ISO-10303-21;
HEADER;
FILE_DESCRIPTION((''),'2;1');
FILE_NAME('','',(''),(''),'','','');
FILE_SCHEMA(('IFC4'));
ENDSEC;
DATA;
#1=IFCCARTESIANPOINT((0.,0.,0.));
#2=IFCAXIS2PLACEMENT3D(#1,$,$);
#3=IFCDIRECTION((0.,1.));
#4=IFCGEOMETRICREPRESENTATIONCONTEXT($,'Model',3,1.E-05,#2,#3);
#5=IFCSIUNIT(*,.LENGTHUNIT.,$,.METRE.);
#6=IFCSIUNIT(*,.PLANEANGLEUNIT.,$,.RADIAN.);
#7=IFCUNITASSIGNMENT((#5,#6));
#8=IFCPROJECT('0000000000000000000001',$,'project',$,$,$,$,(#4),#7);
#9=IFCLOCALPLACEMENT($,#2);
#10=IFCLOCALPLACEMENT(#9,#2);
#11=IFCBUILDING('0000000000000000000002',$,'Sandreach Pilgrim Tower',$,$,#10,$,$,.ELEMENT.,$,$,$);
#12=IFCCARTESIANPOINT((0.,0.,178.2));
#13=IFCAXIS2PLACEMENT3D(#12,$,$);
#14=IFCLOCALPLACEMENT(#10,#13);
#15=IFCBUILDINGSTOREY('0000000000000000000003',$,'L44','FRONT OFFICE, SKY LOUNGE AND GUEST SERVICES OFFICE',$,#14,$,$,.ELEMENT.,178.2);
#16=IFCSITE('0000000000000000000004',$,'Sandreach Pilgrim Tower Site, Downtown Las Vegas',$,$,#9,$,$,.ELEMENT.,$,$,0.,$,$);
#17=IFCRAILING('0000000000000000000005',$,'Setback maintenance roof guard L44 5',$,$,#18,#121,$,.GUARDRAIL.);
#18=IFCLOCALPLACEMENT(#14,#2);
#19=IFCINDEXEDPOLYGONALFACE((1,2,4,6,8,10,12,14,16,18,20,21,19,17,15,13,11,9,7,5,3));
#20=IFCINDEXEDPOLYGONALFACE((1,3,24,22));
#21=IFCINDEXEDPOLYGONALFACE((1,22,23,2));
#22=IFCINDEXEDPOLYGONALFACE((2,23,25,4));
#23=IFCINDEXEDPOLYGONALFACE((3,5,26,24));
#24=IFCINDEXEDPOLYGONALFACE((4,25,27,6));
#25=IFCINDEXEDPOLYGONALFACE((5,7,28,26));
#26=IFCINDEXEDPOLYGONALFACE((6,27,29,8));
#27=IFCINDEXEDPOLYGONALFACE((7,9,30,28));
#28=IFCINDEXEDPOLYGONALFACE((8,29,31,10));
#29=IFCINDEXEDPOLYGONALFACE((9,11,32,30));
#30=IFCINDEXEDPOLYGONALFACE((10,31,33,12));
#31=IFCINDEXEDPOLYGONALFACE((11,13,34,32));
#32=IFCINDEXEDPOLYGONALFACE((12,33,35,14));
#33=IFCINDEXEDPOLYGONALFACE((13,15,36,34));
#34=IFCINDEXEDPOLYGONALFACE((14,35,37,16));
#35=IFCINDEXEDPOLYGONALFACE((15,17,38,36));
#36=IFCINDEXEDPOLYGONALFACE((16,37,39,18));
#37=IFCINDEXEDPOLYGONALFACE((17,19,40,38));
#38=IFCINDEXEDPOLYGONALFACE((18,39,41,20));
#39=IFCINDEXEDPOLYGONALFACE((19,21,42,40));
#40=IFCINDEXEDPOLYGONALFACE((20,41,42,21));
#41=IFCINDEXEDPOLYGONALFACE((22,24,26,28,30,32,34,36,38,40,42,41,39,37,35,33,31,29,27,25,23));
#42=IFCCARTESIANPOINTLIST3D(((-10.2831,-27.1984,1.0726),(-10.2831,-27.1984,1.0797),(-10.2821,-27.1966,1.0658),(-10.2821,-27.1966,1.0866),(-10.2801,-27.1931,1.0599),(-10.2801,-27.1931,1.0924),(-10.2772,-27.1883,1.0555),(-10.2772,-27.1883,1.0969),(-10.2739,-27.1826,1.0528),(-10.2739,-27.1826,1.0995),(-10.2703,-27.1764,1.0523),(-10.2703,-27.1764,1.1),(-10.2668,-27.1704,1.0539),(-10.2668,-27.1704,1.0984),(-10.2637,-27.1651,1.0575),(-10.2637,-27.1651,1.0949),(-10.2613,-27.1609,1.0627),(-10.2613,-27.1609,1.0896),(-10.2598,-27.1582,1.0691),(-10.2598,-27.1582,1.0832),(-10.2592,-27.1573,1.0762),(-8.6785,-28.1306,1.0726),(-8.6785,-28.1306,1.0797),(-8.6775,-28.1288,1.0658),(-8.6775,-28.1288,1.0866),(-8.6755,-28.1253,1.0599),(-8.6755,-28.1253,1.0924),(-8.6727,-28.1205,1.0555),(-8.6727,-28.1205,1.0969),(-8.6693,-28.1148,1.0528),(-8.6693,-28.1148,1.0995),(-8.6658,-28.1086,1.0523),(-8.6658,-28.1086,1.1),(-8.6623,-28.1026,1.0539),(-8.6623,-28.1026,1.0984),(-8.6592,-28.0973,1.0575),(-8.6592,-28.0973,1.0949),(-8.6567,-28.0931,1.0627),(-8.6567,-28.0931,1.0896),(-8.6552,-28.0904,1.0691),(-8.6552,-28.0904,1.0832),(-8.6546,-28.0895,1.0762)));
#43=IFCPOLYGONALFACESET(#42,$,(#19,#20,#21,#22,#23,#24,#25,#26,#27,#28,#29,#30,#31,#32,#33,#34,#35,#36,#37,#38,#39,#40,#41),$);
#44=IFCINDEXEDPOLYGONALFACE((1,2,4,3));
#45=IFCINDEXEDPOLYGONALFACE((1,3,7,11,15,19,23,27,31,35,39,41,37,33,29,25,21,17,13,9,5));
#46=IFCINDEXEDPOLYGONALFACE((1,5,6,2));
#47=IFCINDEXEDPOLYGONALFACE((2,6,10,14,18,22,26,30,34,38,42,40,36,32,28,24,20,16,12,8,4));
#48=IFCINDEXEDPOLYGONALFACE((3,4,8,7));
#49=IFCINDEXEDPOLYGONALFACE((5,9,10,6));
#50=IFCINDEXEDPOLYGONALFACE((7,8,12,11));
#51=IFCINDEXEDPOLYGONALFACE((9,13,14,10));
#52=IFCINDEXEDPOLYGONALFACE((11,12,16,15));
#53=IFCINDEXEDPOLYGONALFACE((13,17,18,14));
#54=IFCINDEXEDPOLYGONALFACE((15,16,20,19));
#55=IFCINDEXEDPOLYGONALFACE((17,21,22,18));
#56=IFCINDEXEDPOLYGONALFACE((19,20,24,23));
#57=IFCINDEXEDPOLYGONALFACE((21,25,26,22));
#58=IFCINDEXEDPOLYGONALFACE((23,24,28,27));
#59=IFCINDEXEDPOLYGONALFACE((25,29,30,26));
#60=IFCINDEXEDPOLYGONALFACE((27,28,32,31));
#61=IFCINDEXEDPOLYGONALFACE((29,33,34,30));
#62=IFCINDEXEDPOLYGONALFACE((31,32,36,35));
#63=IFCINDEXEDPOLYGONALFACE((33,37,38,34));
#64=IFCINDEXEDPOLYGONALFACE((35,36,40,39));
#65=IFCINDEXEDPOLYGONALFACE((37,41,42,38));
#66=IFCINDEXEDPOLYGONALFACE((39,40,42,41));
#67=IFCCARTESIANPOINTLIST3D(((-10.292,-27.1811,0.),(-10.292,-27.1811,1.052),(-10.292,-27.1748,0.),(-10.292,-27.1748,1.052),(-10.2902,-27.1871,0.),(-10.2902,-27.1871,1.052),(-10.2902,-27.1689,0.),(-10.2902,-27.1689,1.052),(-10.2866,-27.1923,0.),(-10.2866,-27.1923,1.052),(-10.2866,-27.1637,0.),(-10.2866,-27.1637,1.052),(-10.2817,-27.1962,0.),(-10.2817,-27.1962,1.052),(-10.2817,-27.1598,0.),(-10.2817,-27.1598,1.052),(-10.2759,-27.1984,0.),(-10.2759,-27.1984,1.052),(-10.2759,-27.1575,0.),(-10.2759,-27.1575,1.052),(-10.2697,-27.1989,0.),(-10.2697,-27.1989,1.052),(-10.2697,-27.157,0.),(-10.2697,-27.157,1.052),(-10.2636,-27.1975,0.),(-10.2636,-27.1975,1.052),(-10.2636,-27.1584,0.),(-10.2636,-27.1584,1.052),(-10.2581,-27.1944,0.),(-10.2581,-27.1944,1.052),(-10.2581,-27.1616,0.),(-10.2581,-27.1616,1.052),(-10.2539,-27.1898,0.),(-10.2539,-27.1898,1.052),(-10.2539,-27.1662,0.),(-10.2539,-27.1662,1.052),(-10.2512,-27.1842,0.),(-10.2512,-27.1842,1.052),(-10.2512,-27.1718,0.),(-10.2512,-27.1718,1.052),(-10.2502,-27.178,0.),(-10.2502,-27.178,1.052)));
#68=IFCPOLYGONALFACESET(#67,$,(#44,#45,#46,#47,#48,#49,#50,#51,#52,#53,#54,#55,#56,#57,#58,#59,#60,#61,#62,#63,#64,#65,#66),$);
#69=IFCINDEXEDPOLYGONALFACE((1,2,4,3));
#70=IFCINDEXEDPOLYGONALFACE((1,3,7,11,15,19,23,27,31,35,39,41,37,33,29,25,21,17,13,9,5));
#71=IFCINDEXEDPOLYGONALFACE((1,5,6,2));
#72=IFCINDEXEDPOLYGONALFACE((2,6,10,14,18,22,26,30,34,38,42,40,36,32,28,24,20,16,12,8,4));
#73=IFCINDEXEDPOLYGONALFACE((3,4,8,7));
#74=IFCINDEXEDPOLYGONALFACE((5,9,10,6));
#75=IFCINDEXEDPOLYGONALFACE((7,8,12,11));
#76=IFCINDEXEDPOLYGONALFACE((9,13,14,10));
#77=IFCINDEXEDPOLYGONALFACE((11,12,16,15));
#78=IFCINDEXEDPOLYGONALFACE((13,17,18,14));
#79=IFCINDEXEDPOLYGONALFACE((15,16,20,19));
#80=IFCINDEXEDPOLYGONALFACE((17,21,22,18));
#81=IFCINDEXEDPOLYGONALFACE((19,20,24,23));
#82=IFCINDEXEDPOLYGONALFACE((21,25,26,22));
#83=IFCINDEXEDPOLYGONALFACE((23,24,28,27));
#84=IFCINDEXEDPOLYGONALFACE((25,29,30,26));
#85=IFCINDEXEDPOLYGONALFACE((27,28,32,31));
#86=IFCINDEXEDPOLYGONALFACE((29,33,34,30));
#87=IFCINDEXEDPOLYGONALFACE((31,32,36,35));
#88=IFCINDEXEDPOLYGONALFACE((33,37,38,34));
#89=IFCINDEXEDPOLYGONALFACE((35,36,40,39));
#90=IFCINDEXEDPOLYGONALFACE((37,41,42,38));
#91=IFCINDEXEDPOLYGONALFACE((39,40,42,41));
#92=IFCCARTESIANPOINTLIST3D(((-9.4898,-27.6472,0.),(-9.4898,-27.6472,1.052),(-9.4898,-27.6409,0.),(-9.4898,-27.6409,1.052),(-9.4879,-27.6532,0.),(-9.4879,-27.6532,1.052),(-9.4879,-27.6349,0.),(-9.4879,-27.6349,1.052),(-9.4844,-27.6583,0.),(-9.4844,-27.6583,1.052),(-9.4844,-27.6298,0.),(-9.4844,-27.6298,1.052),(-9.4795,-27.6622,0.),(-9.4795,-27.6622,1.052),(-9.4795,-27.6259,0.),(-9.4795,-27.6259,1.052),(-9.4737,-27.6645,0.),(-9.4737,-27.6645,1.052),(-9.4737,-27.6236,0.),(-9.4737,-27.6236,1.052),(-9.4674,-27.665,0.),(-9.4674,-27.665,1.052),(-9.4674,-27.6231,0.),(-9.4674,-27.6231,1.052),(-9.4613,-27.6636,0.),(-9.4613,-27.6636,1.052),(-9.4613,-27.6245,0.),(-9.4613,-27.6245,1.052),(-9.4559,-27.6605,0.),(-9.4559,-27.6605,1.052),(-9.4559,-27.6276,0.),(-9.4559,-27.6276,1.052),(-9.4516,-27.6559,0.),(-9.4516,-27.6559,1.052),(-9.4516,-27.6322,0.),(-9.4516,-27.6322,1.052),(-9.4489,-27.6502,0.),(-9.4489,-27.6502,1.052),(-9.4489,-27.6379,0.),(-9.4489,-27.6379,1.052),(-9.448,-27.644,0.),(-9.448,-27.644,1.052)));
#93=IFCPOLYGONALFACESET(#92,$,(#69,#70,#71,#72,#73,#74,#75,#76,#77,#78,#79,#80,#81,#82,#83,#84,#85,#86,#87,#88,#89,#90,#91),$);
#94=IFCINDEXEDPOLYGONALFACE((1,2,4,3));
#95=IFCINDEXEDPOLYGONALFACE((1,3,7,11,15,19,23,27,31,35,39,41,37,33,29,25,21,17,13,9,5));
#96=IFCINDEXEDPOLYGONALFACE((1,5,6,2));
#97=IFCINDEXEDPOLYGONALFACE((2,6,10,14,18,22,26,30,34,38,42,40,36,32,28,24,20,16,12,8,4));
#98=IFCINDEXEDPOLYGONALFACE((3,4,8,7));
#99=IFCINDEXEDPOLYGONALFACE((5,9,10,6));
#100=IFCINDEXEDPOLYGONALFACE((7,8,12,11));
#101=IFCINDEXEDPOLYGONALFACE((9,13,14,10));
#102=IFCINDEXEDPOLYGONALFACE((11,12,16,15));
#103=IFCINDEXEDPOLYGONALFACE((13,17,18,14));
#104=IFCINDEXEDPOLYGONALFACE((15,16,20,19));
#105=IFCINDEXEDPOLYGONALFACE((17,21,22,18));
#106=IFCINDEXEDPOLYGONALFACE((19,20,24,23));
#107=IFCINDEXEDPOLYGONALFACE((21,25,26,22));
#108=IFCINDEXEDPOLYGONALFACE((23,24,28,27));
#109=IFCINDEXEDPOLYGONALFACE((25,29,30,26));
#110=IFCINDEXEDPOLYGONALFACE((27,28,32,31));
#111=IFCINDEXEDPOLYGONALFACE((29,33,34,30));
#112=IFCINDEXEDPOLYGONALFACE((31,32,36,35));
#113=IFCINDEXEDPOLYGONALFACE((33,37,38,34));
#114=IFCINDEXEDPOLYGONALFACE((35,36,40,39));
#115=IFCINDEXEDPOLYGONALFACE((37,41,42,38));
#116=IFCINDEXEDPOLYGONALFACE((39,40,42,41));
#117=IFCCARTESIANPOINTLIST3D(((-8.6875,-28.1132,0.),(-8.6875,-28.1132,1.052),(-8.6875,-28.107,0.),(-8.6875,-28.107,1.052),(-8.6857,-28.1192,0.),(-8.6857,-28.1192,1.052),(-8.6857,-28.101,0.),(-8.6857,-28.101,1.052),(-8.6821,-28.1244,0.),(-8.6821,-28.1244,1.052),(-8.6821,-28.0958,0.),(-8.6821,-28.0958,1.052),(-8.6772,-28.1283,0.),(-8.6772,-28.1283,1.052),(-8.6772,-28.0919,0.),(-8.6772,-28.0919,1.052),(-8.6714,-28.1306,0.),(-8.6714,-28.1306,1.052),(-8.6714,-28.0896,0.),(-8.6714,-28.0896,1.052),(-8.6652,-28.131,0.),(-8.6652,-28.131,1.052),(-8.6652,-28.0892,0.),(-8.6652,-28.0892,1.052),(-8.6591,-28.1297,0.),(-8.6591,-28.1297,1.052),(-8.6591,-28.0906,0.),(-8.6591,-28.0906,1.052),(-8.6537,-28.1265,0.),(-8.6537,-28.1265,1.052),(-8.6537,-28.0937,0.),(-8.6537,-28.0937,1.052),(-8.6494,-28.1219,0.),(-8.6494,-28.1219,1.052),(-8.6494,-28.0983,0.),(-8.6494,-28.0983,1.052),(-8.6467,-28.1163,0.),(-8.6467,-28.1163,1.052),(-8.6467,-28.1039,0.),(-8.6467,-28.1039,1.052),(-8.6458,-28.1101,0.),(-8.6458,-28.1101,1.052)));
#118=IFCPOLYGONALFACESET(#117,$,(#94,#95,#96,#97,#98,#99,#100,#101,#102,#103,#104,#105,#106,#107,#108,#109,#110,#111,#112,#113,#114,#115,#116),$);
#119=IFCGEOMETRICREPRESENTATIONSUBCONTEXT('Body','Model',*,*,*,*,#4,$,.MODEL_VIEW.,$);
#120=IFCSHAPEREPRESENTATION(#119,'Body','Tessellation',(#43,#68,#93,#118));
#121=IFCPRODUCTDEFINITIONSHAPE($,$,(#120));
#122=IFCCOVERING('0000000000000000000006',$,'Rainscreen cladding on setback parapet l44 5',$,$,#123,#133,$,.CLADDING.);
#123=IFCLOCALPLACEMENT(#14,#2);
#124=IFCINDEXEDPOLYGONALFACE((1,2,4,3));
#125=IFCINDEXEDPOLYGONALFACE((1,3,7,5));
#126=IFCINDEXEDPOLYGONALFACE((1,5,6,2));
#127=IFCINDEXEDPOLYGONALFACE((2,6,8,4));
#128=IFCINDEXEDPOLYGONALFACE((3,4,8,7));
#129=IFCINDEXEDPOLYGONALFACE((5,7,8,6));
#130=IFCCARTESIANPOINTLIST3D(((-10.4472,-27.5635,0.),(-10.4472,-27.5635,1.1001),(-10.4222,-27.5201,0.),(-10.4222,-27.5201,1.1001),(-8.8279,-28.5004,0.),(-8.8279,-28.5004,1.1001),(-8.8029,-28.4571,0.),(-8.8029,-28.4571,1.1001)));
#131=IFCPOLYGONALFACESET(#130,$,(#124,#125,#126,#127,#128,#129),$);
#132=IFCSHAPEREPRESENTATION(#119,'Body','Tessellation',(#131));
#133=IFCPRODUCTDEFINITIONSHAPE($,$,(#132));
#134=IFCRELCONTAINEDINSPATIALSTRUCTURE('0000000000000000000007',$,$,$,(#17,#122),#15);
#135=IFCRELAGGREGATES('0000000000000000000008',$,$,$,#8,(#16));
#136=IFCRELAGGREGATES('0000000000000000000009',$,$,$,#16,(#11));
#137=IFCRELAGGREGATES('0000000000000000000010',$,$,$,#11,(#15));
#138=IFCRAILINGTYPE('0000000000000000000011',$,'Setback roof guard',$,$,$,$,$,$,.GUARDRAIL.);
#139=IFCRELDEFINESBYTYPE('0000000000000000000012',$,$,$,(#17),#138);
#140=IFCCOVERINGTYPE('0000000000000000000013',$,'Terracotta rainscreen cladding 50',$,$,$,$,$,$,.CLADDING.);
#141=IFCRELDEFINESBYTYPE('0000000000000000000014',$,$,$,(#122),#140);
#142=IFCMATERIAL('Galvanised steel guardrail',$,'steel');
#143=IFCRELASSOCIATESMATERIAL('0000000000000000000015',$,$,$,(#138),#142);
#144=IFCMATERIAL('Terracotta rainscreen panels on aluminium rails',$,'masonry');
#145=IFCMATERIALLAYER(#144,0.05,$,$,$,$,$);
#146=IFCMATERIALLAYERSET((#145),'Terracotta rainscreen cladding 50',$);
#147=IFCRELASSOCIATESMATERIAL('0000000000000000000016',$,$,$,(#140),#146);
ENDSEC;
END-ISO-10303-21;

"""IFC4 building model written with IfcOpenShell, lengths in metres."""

from ifc_helpers import new_model, si_unit, direction, frame, frame_2d, origin, origin_2d, place, context, subcontext, project, spatial, rectangle, circle, extrude, material, layer, layer_set, type_object, element, save


model = new_model("IFC4")

# Units and contexts
model_context = context("Model", 3, precision=1e-05, world=origin(), true_north=direction((0.0, 1.0)))
body_context = subcontext(model_context, "Body", "Model", "MODEL_VIEW")
ifc_project = project(units=[si_unit("LENGTHUNIT", "METRE"), si_unit("PLANEANGLEUNIT", "RADIAN")], contexts=[model_context])

# Site, building, storey
site_placement = place(None, origin())
site = spatial("IfcSite", under=ifc_project, at=site_placement, Name="Sandreach Pilgrim Tower Site, Downtown Las Vegas", CompositionType="ELEMENT", RefElevation=0.0)
building_placement = place(site_placement, origin())
building = spatial("IfcBuilding", under=site, at=building_placement, Name="Sandreach Pilgrim Tower", CompositionType="ELEMENT")
storey_placement = place(building_placement, frame((0.0, 0.0, 178.2)))
storey = spatial("IfcBuildingStorey", under=building, at=storey_placement, Name="L44", Description="FRONT OFFICE, SKY LOUNGE AND GUEST SERVICES OFFICE", CompositionType="ELEMENT", Elevation=178.2)

# Railing
ifc_material_1 = material(Name="Galvanised steel guardrail", Category="steel")
railing_type = type_object("IfcRailingType", Name="Setback roof guard", PredefinedType="GUARDRAIL", material=ifc_material_1)
railing_placement = place(storey_placement, frame((-10.2712, -27.178, 0.0)))
element("IfcRailing", 1, at=railing_placement, inside=storey, type_object=railing_type, Name="Setback maintenance roof guard L44 5", PredefinedType="GUARDRAIL", context=body_context, shape_type="SweptSolid", body=[
    extrude(circle(Radius=0.0239, at=origin_2d()), frame((0.0, 0.0, 1.0762), z_axis=(0.864675, -0.502332, 0.0), x_axis=(0.502332, 0.864675, 0.0)), (0.0, 0.0, 1.0), 1.8557),
    extrude(circle(Radius=0.021, at=origin_2d()), origin(), (0.0, 0.0, 1.0), 1.052),
    extrude(circle(Radius=0.021, at=origin_2d()), frame((0.8022, -0.4661, 0.0)), (0.0, 0.0, 1.0), 1.052),
    extrude(circle(Radius=0.021, at=origin_2d()), frame((1.6045, -0.9321, 0.0)), (0.0, 0.0, 1.0), 1.052),
])

# Covering
ifc_material_2 = material(Name="Terracotta rainscreen panels on aluminium rails", Category="masonry")
ifc_layer_1 = layer(ifc_material_2, 0.05)
ifc_layer_set_1 = layer_set([ifc_layer_1], Name="Terracotta rainscreen cladding 50")
covering_type = type_object("IfcCoveringType", Name="Terracotta rainscreen cladding 50", PredefinedType="CLADDING", material=ifc_layer_set_1)
covering_placement = place(storey_placement, frame((-10.4348, -27.5417, 0.0), z_axis=(0.0, 0.0, 1.0), x_axis=(0.865548, -0.500825, 0.0)))
element("IfcCovering", 2, at=covering_placement, inside=storey, type_object=covering_type, Name="Rainscreen cladding on setback parapet l44 5", PredefinedType="CLADDING", context=body_context, shape_type="SweptSolid", body=[
    extrude(rectangle(XDim=1.8708, YDim=0.05, at=frame_2d((0.9355, 0.0))), origin(), (0.0, 0.0, 1.0), 1.1001),
])

save(model, "model.ifc")
